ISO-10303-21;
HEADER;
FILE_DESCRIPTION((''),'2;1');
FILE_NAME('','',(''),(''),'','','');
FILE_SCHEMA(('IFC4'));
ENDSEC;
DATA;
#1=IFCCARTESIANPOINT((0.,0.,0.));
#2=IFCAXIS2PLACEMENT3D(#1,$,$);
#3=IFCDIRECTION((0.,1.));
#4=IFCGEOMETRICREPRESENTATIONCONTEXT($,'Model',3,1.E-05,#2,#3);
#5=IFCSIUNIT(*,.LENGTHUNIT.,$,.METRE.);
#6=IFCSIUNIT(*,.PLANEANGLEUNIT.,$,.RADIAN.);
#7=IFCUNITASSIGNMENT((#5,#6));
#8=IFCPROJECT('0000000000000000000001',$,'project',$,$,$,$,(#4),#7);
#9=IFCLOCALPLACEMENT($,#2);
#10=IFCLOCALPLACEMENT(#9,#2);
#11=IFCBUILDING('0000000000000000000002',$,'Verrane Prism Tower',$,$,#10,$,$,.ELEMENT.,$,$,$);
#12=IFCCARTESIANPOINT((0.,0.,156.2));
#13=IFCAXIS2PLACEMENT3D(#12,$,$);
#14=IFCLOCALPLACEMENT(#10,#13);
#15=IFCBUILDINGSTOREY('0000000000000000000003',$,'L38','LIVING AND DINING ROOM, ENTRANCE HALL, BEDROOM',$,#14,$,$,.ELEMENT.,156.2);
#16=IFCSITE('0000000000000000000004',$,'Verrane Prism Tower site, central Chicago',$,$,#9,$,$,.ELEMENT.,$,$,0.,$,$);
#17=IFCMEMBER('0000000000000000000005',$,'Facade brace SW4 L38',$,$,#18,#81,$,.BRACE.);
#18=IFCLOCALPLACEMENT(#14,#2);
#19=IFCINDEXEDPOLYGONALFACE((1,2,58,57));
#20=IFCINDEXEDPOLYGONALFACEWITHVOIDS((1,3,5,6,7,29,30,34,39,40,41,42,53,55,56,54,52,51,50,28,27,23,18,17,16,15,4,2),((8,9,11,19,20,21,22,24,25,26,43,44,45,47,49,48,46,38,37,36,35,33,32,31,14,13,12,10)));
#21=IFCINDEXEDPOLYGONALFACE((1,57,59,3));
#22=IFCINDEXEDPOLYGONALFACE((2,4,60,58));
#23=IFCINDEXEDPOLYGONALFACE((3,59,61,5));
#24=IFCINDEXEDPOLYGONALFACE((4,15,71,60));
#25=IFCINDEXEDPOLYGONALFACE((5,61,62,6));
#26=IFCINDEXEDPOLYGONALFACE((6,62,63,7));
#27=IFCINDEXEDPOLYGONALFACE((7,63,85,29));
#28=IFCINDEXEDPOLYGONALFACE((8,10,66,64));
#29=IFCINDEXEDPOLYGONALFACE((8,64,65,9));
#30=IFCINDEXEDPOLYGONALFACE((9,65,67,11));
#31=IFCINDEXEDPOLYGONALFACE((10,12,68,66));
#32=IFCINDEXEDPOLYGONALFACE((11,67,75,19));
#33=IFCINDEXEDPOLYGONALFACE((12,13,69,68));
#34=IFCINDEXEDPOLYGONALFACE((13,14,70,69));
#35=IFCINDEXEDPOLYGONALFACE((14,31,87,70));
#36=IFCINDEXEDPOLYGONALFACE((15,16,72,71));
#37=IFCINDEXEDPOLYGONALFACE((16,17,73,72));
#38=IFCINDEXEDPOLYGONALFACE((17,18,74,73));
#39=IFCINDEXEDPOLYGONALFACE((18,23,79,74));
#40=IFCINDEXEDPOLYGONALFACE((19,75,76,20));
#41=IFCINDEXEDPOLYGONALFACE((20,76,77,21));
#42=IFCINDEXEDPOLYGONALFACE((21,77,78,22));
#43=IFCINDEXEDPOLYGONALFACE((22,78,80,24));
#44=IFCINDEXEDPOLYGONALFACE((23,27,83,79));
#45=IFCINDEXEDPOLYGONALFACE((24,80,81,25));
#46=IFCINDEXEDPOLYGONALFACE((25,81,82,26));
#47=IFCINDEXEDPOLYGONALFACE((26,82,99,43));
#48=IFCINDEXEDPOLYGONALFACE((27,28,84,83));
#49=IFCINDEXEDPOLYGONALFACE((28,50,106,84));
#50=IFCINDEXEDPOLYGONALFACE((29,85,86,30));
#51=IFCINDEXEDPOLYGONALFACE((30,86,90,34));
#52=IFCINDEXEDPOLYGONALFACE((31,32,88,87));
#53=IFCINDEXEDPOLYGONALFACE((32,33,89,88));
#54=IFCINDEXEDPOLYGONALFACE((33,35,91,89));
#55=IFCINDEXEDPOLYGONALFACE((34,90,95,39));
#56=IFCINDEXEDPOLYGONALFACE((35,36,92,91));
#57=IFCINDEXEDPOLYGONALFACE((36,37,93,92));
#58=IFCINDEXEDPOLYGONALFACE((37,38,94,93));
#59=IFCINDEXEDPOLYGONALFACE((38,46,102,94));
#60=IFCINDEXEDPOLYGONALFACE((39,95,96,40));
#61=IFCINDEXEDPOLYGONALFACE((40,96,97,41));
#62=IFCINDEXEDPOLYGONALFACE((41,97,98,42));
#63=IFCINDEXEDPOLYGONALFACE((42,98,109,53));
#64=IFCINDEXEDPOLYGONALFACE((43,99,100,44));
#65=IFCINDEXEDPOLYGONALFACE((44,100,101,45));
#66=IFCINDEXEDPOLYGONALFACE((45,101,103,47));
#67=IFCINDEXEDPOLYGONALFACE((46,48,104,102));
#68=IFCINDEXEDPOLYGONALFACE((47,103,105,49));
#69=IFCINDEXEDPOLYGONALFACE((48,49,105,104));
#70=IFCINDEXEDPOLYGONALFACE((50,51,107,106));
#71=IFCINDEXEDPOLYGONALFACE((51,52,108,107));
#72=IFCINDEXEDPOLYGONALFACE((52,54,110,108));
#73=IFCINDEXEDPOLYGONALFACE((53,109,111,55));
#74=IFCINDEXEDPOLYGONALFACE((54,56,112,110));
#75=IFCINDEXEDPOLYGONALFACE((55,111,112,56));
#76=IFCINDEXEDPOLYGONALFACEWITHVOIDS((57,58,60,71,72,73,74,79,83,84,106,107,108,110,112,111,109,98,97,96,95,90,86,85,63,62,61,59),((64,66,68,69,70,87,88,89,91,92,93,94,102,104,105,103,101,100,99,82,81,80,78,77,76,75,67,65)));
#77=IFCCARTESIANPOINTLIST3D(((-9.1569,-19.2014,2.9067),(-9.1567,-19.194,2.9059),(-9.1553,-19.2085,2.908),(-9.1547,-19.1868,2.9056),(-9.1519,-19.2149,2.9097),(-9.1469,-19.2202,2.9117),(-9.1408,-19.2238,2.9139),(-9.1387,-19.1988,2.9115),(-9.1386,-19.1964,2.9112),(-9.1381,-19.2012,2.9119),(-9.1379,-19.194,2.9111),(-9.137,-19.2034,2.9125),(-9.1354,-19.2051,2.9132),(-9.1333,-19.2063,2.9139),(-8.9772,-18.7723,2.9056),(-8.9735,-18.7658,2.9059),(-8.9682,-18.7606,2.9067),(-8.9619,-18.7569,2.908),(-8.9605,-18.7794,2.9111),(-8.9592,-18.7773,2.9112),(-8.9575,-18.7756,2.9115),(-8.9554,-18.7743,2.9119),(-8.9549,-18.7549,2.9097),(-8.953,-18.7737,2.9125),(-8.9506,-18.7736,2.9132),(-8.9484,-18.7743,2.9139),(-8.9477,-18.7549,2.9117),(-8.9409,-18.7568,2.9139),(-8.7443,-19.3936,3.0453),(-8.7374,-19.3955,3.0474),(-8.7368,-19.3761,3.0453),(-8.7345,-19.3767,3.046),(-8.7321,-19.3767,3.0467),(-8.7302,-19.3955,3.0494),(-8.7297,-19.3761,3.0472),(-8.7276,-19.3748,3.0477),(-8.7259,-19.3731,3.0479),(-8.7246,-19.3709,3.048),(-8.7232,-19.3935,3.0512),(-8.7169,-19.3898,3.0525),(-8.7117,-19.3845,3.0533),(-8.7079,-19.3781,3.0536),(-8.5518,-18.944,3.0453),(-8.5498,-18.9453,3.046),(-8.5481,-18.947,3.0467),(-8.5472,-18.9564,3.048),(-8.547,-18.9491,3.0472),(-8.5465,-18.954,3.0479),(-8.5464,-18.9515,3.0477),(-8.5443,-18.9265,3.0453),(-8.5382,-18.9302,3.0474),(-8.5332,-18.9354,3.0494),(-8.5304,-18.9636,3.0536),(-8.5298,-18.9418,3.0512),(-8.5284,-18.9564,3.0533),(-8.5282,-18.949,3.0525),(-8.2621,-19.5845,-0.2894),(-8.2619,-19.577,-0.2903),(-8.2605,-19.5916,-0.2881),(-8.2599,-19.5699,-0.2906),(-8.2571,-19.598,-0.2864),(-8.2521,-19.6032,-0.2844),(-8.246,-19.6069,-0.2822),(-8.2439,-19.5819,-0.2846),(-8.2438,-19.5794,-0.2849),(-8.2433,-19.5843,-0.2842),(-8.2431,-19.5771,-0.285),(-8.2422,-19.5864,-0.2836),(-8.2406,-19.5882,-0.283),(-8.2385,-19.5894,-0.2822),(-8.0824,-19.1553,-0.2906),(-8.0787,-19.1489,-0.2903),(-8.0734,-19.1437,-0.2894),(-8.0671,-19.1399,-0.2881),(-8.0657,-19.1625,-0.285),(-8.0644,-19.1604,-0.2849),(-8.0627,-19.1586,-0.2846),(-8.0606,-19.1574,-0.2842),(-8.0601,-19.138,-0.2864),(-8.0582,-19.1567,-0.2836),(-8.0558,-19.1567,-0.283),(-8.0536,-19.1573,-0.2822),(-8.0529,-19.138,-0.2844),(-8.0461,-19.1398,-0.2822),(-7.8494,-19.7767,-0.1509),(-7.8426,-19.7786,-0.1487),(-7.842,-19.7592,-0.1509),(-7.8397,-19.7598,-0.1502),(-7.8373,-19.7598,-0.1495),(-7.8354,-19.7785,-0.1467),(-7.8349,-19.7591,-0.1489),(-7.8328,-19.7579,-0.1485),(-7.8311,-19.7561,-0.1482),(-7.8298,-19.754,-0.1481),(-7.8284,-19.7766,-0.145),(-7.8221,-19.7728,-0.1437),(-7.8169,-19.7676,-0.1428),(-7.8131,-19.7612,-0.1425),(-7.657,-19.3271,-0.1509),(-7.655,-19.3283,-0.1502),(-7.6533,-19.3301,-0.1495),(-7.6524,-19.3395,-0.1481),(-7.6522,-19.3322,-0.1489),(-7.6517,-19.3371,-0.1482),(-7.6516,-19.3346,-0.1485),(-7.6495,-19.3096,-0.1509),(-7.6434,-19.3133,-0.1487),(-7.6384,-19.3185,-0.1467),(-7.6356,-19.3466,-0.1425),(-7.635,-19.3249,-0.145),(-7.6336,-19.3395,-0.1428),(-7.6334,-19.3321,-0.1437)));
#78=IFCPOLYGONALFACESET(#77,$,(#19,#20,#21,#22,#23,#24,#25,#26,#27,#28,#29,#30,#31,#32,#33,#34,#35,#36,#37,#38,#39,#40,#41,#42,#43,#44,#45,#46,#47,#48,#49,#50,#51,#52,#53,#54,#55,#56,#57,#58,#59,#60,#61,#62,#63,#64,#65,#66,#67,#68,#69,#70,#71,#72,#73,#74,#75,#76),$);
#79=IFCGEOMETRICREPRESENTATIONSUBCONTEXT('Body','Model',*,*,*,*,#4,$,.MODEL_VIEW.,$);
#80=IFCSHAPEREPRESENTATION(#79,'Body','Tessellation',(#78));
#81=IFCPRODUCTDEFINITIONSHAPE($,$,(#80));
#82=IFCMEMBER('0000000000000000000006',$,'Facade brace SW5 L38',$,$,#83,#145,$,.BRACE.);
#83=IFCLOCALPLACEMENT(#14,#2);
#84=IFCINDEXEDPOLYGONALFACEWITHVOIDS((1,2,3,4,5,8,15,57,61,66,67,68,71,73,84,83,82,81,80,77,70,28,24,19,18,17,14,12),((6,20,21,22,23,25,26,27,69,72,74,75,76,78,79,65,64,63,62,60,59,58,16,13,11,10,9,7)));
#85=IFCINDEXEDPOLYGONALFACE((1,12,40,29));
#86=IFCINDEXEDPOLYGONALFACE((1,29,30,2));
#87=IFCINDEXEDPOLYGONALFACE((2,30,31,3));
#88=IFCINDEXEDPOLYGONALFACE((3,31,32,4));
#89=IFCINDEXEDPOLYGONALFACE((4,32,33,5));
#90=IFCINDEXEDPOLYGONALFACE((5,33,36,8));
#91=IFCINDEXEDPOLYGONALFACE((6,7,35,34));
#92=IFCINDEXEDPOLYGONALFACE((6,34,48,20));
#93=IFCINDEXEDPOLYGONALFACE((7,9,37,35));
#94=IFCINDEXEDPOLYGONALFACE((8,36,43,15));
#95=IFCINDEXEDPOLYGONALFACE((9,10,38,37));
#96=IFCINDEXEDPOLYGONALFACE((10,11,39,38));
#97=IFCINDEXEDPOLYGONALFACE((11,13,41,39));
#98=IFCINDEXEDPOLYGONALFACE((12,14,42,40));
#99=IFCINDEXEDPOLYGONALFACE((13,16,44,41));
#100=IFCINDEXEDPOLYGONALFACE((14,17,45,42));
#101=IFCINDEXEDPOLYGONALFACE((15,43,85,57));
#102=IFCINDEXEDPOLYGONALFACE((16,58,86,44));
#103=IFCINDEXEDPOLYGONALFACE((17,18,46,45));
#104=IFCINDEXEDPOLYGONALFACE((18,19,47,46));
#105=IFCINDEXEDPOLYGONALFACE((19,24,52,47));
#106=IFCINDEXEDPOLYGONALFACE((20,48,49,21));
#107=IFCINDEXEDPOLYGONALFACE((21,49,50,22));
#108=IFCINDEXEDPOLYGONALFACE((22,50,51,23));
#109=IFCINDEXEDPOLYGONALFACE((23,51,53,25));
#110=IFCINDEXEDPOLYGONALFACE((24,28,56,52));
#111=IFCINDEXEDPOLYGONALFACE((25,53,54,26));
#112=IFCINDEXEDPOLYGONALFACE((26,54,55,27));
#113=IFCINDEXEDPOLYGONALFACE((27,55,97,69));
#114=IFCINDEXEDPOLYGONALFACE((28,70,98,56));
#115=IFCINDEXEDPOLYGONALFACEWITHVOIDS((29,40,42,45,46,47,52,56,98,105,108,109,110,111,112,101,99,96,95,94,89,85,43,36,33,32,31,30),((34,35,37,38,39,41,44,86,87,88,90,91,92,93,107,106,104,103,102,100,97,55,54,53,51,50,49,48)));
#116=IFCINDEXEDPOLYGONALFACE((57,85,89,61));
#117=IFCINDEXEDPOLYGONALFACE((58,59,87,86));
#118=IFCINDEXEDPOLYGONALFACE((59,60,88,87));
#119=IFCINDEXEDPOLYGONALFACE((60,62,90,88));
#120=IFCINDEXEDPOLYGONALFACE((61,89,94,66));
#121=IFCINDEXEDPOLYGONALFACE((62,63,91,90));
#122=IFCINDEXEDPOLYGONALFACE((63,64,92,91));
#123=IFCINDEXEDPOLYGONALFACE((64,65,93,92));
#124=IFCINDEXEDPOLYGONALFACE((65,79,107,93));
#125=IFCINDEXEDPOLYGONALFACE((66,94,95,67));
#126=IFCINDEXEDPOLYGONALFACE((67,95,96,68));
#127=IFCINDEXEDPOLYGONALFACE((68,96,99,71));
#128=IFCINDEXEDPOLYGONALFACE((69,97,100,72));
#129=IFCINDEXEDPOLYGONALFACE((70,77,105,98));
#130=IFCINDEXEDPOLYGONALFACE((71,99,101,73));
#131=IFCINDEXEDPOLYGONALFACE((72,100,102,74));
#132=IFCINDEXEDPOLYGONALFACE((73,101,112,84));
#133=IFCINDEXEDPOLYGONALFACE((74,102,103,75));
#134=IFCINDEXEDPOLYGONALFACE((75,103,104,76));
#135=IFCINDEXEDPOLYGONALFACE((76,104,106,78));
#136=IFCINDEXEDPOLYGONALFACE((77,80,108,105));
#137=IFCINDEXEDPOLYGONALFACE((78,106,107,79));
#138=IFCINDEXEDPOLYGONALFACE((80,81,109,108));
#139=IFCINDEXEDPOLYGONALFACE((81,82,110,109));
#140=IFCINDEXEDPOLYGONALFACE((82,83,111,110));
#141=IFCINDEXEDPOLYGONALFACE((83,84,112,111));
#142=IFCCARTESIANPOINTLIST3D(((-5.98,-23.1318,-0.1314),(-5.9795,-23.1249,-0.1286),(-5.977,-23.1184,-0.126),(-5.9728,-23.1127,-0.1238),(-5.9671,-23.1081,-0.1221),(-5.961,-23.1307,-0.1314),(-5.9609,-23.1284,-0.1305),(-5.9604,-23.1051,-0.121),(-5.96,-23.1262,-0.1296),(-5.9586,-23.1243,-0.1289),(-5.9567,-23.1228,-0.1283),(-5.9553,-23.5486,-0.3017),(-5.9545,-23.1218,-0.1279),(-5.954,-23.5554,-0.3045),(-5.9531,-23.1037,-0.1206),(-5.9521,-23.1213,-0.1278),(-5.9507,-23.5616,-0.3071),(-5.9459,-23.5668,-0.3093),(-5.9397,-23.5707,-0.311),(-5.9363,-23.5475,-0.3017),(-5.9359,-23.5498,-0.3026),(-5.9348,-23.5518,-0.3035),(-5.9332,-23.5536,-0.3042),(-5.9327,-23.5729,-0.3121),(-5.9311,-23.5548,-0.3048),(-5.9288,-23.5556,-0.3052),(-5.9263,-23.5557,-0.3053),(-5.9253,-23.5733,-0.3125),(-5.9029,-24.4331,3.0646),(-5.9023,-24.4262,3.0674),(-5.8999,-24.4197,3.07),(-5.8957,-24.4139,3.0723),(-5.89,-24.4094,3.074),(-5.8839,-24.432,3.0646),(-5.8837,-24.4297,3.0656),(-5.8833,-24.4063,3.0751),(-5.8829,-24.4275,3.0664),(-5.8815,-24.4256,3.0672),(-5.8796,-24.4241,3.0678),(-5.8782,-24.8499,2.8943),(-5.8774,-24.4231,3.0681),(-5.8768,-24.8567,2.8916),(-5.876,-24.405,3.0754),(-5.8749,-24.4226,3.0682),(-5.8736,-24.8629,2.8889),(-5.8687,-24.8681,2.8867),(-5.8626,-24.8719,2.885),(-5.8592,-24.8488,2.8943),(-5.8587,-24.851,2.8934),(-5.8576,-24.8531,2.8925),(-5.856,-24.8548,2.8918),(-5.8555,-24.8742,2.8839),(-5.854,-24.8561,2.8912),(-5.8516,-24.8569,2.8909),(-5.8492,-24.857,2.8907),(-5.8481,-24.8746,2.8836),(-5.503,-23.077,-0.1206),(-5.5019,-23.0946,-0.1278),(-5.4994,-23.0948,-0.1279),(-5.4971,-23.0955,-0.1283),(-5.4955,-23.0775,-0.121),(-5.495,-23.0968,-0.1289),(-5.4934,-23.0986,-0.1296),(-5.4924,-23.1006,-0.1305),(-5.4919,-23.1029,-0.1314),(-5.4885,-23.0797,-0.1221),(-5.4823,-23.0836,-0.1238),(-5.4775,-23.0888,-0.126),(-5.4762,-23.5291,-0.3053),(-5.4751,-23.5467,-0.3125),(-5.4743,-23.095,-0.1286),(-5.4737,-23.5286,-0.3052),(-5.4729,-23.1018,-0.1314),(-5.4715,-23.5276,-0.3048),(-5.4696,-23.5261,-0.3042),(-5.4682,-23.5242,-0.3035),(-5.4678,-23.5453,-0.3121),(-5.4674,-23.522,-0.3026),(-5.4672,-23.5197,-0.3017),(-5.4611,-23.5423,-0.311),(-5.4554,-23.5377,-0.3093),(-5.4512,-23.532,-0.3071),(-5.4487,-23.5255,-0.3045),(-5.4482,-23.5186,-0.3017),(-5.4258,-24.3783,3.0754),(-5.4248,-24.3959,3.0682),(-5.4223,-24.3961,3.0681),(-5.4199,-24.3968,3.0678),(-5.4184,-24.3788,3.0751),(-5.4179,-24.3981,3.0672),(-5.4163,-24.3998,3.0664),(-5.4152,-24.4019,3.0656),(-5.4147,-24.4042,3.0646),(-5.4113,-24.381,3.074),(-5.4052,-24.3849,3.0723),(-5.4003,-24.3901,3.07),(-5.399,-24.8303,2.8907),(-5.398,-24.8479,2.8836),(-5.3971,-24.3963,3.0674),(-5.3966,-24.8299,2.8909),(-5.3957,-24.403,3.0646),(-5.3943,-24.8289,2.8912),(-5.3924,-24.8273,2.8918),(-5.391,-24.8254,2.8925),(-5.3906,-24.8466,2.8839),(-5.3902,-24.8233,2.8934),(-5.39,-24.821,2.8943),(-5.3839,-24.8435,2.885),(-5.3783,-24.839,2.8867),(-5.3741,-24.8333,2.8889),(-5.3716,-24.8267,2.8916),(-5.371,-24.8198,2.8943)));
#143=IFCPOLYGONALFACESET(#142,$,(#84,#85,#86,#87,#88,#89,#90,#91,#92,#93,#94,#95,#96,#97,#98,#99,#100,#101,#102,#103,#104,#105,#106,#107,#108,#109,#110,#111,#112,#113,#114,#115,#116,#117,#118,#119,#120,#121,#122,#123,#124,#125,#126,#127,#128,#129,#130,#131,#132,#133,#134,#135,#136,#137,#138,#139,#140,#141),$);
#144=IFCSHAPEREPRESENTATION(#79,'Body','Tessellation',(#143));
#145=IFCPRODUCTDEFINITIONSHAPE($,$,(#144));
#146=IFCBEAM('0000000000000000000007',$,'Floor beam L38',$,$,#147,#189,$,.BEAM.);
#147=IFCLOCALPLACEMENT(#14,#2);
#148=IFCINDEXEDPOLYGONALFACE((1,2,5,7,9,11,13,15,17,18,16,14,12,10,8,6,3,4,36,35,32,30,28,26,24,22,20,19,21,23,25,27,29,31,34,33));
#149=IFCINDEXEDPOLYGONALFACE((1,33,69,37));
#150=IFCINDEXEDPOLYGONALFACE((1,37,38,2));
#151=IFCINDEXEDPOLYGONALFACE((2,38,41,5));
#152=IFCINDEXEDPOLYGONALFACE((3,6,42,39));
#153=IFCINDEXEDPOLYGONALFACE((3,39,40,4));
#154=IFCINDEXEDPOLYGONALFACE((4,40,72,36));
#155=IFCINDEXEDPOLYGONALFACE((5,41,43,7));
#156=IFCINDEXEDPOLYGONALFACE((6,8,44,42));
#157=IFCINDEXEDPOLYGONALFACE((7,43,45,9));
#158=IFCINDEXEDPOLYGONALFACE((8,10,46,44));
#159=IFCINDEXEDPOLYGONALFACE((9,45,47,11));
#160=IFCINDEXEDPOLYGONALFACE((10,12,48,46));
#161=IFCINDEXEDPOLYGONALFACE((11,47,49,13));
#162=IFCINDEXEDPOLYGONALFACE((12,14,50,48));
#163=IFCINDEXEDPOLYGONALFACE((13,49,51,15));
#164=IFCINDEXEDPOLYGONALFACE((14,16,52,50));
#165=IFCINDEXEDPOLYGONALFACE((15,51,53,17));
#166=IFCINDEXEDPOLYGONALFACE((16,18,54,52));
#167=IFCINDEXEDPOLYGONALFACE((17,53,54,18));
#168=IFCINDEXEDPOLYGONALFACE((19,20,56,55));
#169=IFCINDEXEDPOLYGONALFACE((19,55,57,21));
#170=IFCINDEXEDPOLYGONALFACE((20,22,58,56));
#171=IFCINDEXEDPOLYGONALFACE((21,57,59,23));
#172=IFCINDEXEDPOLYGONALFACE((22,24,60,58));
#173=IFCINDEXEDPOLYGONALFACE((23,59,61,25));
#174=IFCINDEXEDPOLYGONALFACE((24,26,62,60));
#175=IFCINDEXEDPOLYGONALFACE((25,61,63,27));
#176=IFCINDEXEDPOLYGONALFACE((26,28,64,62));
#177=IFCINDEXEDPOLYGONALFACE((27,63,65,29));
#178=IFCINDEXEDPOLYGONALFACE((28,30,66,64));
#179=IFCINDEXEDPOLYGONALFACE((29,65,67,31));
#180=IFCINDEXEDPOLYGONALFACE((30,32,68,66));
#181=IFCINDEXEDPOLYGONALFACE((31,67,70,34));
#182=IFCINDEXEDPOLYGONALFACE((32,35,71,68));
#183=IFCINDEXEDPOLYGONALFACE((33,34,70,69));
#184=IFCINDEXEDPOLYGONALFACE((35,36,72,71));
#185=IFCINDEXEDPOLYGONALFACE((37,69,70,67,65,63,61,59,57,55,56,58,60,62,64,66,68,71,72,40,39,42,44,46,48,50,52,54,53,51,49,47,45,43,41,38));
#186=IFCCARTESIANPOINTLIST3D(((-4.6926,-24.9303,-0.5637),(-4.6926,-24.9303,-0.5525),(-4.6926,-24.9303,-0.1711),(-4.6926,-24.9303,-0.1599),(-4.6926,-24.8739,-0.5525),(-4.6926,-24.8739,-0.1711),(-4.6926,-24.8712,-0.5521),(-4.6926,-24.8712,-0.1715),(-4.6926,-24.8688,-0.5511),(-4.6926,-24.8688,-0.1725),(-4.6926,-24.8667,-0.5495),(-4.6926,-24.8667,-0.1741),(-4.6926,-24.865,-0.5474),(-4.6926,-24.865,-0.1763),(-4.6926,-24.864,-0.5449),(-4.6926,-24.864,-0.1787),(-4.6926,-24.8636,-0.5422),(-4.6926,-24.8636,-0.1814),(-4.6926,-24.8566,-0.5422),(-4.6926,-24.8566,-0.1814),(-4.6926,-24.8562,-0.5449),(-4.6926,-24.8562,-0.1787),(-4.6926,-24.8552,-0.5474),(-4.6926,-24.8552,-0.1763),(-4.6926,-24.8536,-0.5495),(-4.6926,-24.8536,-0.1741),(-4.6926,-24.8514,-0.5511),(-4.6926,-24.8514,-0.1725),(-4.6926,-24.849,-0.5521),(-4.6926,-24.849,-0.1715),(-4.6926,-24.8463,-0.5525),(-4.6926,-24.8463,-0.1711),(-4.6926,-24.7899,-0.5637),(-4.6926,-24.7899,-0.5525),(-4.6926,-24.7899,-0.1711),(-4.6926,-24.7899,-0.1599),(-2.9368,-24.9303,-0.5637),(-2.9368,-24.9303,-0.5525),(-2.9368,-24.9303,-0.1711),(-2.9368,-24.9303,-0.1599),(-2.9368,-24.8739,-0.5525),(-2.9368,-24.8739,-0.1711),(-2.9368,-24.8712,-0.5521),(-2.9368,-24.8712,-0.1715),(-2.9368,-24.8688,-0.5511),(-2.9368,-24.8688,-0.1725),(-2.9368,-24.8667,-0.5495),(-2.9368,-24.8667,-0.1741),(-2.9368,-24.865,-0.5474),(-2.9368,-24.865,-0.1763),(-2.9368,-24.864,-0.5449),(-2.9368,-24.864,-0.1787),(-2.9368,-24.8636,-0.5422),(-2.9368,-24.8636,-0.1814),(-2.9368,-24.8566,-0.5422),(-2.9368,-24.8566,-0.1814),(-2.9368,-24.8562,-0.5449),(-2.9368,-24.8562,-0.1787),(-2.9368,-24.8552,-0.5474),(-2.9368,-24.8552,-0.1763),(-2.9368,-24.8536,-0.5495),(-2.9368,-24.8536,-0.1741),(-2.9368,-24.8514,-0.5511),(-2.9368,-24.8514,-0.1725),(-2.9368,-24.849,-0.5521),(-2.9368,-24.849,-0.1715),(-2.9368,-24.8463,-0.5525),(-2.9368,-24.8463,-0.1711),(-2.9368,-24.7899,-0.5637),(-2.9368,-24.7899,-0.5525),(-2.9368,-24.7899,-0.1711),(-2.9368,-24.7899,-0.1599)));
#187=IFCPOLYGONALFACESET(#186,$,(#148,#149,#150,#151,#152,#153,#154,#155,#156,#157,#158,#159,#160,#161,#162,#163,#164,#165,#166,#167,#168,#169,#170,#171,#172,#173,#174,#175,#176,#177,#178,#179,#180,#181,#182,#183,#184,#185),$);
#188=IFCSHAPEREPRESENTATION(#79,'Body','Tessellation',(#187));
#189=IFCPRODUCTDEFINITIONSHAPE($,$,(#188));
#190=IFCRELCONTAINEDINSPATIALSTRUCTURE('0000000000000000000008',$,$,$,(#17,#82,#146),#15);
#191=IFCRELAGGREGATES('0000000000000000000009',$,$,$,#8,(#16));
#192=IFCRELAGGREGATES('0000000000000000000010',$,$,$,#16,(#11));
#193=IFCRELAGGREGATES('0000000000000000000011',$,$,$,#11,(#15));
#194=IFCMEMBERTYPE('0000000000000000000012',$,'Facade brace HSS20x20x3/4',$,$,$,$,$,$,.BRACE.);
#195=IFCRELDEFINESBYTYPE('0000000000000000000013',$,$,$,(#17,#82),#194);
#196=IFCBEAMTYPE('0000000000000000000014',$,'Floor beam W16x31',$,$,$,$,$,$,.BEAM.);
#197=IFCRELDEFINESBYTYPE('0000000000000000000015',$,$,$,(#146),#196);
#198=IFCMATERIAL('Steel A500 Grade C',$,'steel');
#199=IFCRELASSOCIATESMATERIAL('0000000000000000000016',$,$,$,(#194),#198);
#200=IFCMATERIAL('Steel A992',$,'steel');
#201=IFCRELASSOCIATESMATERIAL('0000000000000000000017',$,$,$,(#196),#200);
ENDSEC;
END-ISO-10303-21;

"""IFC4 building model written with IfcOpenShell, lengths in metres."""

from ifc_helpers import new_model, si_unit, direction, frame, origin, origin_2d, place, context, subcontext, project, spatial, hollow_rectangle, i_section, extrude, material, material_profile, profile_set, type_object, element, save


model = new_model("IFC4")

# Units and contexts
model_context = context("Model", 3, precision=1e-05, world=origin(), true_north=direction((0.0, 1.0)))
body_context = subcontext(model_context, "Body", "Model", "MODEL_VIEW")
ifc_project = project(units=[si_unit("LENGTHUNIT", "METRE"), si_unit("PLANEANGLEUNIT", "RADIAN")], contexts=[model_context])

# Site, building, storey
site_placement = place(None, origin())
site = spatial("IfcSite", under=ifc_project, at=site_placement, Name="Verrane Prism Tower site, central Chicago", CompositionType="ELEMENT", RefElevation=0.0)
building_placement = place(site_placement, origin())
building = spatial("IfcBuilding", under=site, at=building_placement, Name="Verrane Prism Tower", CompositionType="ELEMENT")
storey_placement = place(building_placement, frame((0.0, 0.0, 156.2)))
storey = spatial("IfcBuildingStorey", under=building, at=storey_placement, Name="L38", Description="LIVING AND DINING ROOM, ENTRANCE HALL, BEDROOM", CompositionType="ELEMENT", Elevation=156.2)

# Members
ifc_material_1 = material(Name="Steel A500 Grade C", Category="steel")
ifc_material_profile_1 = material_profile(ifc_material_1, hollow_rectangle(XDim=0.5081, YDim=0.5081, WallThickness=0.019, InnerFilletRadius=0.0095, OuterFilletRadius=0.0286, at=origin_2d()), Name="HSS20x20x3/4")
ifc_profile_set_1 = profile_set([ifc_material_profile_1], Name="Steel A500 Grade C")
member_type_1 = type_object("IfcMemberType", Name="Facade brace HSS20x20x3/4", PredefinedType="BRACE", material=ifc_profile_set_1)
member_1_placement = place(storey_placement, frame((-7.9478, -19.4583, -0.2166), z_axis=(-0.267819, 0.114654, 0.956623), x_axis=(-0.393556, -0.919301, 0.0)))
element("IfcMember", 1, at=member_1_placement, inside=storey, type_object=member_type_1, Name="Facade brace SW4 L38", PredefinedType="BRACE", context=body_context, shape_type="SweptSolid", body=[
    extrude(hollow_rectangle(XDim=0.5081, YDim=0.5081, WallThickness=0.019, InnerFilletRadius=0.0095, OuterFilletRadius=0.0286, at=origin_2d()), origin(), (0.0, 0.0, 1.0), 3.3411),
])
member_2_placement = place(storey_placement, frame((-5.7141, -23.3252, -0.2166), z_axis=(0.022351, -0.376998, 0.925944), x_axis=(0.998247, 0.059183, 0.0)))
element("IfcMember", 2, at=member_2_placement, inside=storey, type_object=member_type_1, Name="Facade brace SW5 L38", PredefinedType="BRACE", context=body_context, shape_type="SweptSolid", body=[
    extrude(hollow_rectangle(XDim=0.5081, YDim=0.5081, WallThickness=0.019, InnerFilletRadius=0.0095, OuterFilletRadius=0.0286, at=origin_2d()), origin(), (0.0, 0.0, 1.0), 3.4517),
])

# Beam
ifc_material_2 = material(Name="Steel A992", Category="steel")
ifc_material_profile_2 = material_profile(ifc_material_2, i_section(OverallWidth=0.1404, OverallDepth=0.4038, WebThickness=0.0071, FlangeThickness=0.0112, FilletRadius=0.0103, at=origin_2d()), Name="W16x31")
ifc_profile_set_2 = profile_set([ifc_material_profile_2], Name="Steel A992")
beam_type_1 = type_object("IfcBeamType", Name="Floor beam W16x31", PredefinedType="BEAM", material=ifc_profile_set_2)
beam_1_placement = place(storey_placement, frame((-4.6926, -24.8601, -0.3618), z_axis=(1.0, 0.0, 0.0), x_axis=(0.0, 1.0, 0.0)))
element("IfcBeam", 3, at=beam_1_placement, inside=storey, type_object=beam_type_1, Name="Floor beam L38", PredefinedType="BEAM", context=body_context, shape_type="SweptSolid", body=[
    extrude(i_section(OverallWidth=0.1404, OverallDepth=0.4038, WebThickness=0.0071, FlangeThickness=0.0112, FilletRadius=0.0103, at=origin_2d()), origin(), (0.0, 0.0, 1.0), 1.7559),
])

save(model, "model.ifc")
